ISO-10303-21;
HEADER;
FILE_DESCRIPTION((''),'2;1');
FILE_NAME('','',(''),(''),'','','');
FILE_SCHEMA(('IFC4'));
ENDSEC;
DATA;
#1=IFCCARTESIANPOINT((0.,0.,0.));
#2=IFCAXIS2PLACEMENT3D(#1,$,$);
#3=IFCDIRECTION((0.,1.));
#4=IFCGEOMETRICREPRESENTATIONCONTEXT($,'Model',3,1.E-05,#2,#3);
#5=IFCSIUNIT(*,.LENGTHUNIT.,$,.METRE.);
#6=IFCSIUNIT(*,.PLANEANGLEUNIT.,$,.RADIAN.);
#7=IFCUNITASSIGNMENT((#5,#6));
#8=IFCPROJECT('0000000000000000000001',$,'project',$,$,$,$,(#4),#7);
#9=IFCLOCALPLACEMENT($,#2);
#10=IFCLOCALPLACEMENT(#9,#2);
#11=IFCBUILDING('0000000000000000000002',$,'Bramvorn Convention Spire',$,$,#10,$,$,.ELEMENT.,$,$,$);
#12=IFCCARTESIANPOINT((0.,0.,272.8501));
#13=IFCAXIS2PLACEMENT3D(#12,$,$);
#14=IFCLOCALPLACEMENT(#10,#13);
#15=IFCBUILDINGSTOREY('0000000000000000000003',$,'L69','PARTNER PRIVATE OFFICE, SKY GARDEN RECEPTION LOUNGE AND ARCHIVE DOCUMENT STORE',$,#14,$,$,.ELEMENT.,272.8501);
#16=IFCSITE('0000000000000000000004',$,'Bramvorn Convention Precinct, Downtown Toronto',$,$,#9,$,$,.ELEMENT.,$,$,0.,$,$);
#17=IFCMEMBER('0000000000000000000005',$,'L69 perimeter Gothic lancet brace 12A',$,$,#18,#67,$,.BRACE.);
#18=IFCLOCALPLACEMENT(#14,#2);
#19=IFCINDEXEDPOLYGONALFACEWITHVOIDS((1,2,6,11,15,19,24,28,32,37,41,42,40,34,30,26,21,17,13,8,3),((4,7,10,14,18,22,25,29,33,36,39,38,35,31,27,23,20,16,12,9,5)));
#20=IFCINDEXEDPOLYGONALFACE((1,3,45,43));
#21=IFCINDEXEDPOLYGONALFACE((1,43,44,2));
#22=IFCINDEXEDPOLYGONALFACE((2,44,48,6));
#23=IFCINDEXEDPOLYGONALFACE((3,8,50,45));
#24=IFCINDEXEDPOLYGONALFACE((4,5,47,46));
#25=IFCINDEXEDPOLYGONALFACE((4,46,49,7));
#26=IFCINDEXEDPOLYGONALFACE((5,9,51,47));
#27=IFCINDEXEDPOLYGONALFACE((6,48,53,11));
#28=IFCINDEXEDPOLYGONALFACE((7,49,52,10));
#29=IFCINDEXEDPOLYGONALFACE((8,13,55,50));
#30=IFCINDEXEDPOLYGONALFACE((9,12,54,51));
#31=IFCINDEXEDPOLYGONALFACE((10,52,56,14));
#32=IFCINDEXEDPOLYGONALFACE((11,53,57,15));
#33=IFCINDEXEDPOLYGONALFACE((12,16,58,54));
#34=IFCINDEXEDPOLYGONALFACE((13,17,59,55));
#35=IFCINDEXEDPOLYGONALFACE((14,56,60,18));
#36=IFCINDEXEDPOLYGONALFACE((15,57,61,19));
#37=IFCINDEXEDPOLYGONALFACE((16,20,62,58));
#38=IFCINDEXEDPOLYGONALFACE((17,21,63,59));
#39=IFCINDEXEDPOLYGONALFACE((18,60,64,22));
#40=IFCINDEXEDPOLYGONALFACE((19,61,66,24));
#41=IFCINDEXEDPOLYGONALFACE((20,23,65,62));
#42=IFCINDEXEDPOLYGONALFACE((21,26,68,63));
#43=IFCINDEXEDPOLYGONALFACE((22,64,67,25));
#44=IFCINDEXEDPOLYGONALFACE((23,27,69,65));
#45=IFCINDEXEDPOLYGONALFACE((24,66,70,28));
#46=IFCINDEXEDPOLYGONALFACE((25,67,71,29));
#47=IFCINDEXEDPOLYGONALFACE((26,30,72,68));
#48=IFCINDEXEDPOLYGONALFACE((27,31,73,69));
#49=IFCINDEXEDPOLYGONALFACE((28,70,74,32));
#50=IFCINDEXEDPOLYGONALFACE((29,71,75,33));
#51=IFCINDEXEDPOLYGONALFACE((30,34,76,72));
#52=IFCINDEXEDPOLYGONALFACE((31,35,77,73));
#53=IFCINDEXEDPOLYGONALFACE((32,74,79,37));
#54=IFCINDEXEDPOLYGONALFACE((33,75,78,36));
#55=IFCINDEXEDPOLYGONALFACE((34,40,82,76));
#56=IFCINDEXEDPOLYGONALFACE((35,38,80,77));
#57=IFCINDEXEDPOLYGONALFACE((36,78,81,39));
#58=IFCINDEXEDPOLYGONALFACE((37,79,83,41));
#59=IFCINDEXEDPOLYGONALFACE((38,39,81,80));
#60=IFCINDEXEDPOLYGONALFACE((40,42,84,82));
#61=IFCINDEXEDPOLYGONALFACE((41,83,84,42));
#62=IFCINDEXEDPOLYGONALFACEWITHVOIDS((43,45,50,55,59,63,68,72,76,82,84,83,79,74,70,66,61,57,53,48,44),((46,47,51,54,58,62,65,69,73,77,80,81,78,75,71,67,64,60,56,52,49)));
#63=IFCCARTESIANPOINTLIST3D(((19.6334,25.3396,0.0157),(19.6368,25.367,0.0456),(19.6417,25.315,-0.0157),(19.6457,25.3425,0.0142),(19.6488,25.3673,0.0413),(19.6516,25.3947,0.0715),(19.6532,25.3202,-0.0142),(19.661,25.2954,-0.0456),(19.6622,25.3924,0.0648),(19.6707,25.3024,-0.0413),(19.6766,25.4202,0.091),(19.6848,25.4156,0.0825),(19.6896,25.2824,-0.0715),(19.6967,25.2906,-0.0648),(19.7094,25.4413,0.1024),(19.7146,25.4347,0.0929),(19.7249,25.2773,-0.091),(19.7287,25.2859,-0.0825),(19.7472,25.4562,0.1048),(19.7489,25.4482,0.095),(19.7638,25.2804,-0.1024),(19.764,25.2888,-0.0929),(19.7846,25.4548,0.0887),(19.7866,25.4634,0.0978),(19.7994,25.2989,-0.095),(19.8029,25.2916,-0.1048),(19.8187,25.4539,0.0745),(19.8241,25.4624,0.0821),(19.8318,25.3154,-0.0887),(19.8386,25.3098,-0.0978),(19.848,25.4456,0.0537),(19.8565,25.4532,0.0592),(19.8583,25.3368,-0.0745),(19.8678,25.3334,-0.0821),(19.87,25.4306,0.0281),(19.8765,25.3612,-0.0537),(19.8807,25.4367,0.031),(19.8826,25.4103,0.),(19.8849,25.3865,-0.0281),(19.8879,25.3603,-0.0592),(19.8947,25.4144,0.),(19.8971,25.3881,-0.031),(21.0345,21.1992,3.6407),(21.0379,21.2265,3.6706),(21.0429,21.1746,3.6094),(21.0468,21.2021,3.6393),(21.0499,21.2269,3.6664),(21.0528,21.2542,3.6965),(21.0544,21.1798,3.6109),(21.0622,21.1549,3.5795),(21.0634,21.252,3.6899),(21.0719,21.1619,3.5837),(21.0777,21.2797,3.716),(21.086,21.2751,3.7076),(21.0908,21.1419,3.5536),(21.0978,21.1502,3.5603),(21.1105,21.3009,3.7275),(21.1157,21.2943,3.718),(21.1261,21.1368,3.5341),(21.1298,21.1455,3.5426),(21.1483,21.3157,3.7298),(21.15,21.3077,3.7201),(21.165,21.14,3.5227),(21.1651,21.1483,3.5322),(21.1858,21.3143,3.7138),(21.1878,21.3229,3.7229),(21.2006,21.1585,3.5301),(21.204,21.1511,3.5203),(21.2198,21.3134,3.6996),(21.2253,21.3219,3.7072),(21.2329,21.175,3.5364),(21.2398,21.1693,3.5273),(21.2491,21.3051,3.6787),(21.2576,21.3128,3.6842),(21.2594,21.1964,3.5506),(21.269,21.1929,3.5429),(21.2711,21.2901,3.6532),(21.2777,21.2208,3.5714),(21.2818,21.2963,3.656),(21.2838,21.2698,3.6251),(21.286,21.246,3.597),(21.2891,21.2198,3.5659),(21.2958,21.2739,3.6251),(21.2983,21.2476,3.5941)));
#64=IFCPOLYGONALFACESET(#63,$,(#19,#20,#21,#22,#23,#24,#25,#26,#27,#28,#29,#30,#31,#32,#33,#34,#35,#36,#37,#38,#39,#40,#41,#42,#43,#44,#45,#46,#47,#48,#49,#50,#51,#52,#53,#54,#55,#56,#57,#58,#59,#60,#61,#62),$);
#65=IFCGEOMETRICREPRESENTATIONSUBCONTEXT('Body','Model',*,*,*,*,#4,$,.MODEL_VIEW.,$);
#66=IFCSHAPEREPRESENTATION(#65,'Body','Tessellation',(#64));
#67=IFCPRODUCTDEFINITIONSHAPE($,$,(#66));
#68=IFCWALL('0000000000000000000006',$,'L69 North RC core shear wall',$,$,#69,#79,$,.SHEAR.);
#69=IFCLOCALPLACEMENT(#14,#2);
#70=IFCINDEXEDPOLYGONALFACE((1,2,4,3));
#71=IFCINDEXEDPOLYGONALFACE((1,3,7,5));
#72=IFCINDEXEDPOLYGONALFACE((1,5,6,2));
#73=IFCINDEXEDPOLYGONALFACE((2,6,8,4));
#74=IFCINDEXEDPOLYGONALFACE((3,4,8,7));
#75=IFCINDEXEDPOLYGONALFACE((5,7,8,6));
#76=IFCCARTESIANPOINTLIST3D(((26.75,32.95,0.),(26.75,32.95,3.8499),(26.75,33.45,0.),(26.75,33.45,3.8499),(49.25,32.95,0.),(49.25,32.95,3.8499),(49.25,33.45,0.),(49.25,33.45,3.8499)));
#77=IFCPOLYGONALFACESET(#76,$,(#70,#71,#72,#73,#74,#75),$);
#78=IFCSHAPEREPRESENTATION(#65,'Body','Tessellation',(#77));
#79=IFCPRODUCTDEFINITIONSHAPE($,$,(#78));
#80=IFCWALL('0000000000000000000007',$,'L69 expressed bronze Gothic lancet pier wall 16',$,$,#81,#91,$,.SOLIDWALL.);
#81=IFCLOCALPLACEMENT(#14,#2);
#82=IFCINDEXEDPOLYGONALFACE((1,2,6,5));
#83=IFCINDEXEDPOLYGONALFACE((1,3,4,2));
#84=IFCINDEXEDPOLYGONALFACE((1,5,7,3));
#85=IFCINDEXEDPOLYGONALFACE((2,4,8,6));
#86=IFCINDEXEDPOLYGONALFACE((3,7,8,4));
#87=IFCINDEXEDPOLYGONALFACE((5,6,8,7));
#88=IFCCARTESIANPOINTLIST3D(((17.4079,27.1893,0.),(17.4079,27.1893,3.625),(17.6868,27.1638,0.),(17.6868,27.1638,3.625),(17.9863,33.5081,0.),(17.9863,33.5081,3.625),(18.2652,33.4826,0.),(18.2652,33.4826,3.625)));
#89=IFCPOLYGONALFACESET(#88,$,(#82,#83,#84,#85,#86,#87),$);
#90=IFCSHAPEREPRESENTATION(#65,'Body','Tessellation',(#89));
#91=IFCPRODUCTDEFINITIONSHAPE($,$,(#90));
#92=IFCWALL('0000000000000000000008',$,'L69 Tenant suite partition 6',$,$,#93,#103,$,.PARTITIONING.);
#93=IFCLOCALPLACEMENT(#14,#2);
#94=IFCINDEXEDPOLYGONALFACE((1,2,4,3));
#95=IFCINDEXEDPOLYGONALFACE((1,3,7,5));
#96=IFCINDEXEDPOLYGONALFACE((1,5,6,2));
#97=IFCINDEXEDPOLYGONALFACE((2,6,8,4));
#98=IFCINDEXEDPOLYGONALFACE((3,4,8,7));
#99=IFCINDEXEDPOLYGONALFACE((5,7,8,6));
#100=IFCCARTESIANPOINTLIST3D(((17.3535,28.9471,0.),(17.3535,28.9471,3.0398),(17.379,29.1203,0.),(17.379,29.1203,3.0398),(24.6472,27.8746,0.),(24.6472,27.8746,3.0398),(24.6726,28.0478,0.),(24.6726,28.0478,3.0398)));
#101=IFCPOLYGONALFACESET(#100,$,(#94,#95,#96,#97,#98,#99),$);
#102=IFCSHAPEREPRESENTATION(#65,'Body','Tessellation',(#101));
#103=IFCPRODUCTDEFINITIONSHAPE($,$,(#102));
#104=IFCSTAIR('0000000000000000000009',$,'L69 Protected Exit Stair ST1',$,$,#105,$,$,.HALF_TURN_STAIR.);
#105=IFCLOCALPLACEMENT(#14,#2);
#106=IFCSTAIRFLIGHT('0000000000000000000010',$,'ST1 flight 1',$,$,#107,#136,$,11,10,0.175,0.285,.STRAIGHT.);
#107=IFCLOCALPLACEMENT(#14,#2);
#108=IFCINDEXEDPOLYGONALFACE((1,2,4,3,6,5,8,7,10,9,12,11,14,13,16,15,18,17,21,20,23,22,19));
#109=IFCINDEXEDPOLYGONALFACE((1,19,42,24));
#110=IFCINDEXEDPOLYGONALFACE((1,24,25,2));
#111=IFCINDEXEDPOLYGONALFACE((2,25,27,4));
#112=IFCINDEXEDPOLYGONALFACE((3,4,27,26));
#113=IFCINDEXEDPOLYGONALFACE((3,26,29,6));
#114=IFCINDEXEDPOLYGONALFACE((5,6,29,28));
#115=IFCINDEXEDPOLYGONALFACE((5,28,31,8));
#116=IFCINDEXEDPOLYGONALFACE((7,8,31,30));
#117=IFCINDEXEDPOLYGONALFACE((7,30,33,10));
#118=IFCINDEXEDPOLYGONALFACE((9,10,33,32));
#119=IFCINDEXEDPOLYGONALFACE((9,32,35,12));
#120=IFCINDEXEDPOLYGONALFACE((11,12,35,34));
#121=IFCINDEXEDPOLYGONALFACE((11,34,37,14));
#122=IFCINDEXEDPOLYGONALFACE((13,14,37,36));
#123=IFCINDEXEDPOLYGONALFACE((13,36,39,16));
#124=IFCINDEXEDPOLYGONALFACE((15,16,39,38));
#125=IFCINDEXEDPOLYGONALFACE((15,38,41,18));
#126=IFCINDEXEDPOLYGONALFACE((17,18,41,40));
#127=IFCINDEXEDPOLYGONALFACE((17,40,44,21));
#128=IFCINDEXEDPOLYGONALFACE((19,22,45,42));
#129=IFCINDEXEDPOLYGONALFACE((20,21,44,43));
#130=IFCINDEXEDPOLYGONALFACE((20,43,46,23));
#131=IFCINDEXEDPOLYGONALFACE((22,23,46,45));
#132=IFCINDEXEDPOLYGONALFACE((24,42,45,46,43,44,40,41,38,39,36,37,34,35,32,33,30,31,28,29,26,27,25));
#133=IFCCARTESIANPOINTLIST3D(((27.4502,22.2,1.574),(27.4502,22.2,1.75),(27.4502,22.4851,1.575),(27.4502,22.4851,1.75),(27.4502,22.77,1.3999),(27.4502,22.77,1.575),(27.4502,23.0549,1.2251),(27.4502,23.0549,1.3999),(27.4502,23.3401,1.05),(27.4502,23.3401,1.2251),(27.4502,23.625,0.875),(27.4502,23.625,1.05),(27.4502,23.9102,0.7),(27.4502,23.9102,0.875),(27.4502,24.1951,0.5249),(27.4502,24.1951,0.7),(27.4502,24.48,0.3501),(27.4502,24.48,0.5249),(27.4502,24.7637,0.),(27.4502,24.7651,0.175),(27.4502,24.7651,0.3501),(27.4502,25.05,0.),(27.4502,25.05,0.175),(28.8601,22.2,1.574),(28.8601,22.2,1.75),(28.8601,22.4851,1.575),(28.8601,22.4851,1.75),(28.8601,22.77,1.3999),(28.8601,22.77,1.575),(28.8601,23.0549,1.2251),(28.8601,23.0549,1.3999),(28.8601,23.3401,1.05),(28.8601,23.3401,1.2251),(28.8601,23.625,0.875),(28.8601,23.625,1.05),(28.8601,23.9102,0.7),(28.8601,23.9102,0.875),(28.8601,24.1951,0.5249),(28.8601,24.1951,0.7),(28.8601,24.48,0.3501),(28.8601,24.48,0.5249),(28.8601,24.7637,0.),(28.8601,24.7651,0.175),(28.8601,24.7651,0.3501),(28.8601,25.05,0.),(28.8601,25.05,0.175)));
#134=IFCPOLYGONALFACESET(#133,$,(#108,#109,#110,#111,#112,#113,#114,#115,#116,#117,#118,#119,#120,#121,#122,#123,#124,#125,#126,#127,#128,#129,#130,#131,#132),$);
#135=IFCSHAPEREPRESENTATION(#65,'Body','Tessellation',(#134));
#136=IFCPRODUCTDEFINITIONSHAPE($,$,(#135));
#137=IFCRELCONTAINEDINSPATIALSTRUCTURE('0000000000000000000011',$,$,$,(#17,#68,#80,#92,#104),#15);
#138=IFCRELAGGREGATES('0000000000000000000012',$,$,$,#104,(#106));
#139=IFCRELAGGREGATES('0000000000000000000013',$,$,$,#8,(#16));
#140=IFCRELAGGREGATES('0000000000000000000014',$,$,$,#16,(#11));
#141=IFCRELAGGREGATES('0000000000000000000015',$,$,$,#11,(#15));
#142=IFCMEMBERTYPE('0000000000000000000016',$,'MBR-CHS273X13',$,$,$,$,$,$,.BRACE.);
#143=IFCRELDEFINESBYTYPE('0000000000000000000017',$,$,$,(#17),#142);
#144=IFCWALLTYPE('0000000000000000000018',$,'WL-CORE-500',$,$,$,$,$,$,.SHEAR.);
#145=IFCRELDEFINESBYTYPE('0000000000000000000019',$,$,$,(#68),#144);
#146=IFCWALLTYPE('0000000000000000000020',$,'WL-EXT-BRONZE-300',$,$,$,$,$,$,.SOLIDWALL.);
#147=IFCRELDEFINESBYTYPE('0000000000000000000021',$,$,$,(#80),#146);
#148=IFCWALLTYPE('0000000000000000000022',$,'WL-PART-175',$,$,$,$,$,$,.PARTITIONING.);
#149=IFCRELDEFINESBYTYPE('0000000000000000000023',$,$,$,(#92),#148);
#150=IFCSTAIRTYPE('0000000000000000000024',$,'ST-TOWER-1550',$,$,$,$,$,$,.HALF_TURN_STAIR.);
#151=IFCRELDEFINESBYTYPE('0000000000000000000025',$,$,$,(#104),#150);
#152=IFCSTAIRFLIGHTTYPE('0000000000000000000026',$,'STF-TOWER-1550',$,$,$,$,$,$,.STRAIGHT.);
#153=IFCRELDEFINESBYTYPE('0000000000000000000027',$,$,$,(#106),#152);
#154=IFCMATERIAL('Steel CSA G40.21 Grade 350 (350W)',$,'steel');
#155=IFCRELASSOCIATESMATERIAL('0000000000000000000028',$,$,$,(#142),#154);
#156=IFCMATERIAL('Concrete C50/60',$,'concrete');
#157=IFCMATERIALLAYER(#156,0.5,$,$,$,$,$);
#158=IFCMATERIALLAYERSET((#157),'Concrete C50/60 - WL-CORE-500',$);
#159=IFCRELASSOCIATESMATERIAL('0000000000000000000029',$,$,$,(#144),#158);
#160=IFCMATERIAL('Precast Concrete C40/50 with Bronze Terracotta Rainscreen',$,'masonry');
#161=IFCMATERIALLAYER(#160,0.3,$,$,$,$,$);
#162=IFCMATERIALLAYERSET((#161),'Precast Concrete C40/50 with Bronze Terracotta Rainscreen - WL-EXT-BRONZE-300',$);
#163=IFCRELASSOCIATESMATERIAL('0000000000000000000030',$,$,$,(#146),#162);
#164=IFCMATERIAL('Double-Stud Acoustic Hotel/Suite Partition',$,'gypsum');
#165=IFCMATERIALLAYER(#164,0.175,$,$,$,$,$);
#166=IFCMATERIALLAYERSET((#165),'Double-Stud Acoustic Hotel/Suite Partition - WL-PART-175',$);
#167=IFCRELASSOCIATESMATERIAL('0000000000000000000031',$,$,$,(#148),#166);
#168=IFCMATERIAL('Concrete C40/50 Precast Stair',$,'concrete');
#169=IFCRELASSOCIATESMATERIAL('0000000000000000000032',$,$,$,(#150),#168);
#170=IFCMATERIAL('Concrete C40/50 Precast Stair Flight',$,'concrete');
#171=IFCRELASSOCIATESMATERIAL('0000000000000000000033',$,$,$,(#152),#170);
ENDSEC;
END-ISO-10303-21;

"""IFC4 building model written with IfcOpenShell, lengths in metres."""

from ifc_helpers import new_model, si_unit, direction, frame, frame_2d, origin, origin_2d, place, context, subcontext, project, spatial, polyline, rectangle, hollow_circle, outline, extrude, material, layer, layer_set, material_profile, profile_set, type_object, element, aggregate, save


model = new_model("IFC4")

# Units and contexts
model_context = context("Model", 3, precision=1e-05, world=origin(), true_north=direction((0.0, 1.0)))
body_context = subcontext(model_context, "Body", "Model", "MODEL_VIEW")
ifc_project = project(units=[si_unit("LENGTHUNIT", "METRE"), si_unit("PLANEANGLEUNIT", "RADIAN")], contexts=[model_context])

# Site, building, storey
site_placement = place(None, origin())
site = spatial("IfcSite", under=ifc_project, at=site_placement, Name="Bramvorn Convention Precinct, Downtown Toronto", CompositionType="ELEMENT", RefElevation=0.0)
building_placement = place(site_placement, origin())
building = spatial("IfcBuilding", under=site, at=building_placement, Name="Bramvorn Convention Spire", CompositionType="ELEMENT")
storey_placement = place(building_placement, frame((0.0, 0.0, 272.8501)))
storey = spatial("IfcBuildingStorey", under=building, at=storey_placement, Name="L69", Description="PARTNER PRIVATE OFFICE, SKY GARDEN RECEPTION LOUNGE AND ARCHIVE DOCUMENT STORE", CompositionType="ELEMENT", Elevation=272.8501)

# Shared definitions
ifc_material_1 = material(Name="Steel CSA G40.21 Grade 350 (350W)", Category="steel")

# Member
ifc_material_profile_1 = material_profile(ifc_material_1, hollow_circle(Radius=0.1365, WallThickness=0.0127, at=origin_2d()))
ifc_profile_set_1 = profile_set([ifc_material_profile_1], Name="Steel CSA G40.21 Grade 350 (350W) - CHS273X13")
member_type = type_object("IfcMemberType", Name="MBR-CHS273X13", PredefinedType="BRACE", material=ifc_profile_set_1)
member_placement = place(storey_placement, frame((19.7654, 25.3706, 0.0), z_axis=(0.246737, -0.72912, 0.638361), x_axis=(0.947232, 0.320548, 0.0)))
element("IfcMember", 1, at=member_placement, inside=storey, type_object=member_type, Name="L69 perimeter Gothic lancet brace 12A", PredefinedType="BRACE", context=body_context, shape_type="SweptSolid", body=[
    extrude(hollow_circle(Radius=0.1365, WallThickness=0.0127, at=origin_2d()), origin(), (0.0, 0.0, 1.0), 5.6787),
])

# Wall
ifc_material_2 = material(Name="Concrete C50/60", Category="concrete")
ifc_layer_1 = layer(ifc_material_2, 0.5)
ifc_layer_set_1 = layer_set([ifc_layer_1], Name="Concrete C50/60 - WL-CORE-500")
wall_type_1 = type_object("IfcWallType", Name="WL-CORE-500", PredefinedType="SHEAR", material=ifc_layer_set_1)
wall_1_placement = place(storey_placement, frame((26.75, 33.2, 0.0), z_axis=(0.0, 0.0, 1.0), x_axis=(1.0, 0.0, 0.0)))
element("IfcWall", 2, at=wall_1_placement, inside=storey, type_object=wall_type_1, Name="L69 North RC core shear wall", PredefinedType="SHEAR", context=body_context, shape_type="SweptSolid", body=[
    extrude(rectangle(XDim=22.5, YDim=0.5, at=frame_2d((11.25, 0.0))), origin(), (0.0, 0.0, 1.0), 3.8499),
])

# Walls
ifc_material_3 = material(Name="Precast Concrete C40/50 with Bronze Terracotta Rainscreen", Category="masonry")
ifc_layer_2 = layer(ifc_material_3, 0.3)
ifc_layer_set_2 = layer_set([ifc_layer_2], Name="Precast Concrete C40/50 with Bronze Terracotta Rainscreen - WL-EXT-BRONZE-300")
wall_type_2 = type_object("IfcWallType", Name="WL-EXT-BRONZE-300", PredefinedType="SOLIDWALL", material=ifc_layer_set_2)
wall_2_placement = place(storey_placement, frame((17.5474, 27.1765, 0.0), z_axis=(0.0, 0.0, 1.0), x_axis=(0.09115, 0.995837, 0.0)))
element("IfcWall", 3, at=wall_2_placement, inside=storey, type_object=wall_type_2, Name="L69 expressed bronze Gothic lancet pier wall 16", PredefinedType="SOLIDWALL", context=body_context, shape_type="SweptSolid", body=[
    extrude(rectangle(XDim=6.3452, YDim=0.28, at=frame_2d((3.1726, 0.0))), origin(), (0.0, 0.0, 1.0), 3.625),
])
ifc_material_4 = material(Name="Double-Stud Acoustic Hotel/Suite Partition", Category="gypsum")
ifc_layer_3 = layer(ifc_material_4, 0.175)
ifc_layer_set_3 = layer_set([ifc_layer_3], Name="Double-Stud Acoustic Hotel/Suite Partition - WL-PART-175")
wall_type_3 = type_object("IfcWallType", Name="WL-PART-175", PredefinedType="PARTITIONING", material=ifc_layer_set_3)
wall_3_placement = place(storey_placement, frame((24.6599, 27.9612, 0.0), z_axis=(0.0, 0.0, 1.0), x_axis=(-0.989361, 0.145482, 0.0)))
element("IfcWall", 4, at=wall_3_placement, inside=storey, type_object=wall_type_3, Name="L69 Tenant suite partition 6", PredefinedType="PARTITIONING", context=body_context, shape_type="SweptSolid", body=[
    extrude(rectangle(XDim=7.3721, YDim=0.175, at=frame_2d((3.686, 0.0))), origin(), (0.0, 0.0, 1.0), 3.0398),
])

# Stair, stair flight
ifc_material_5 = material(Name="Concrete C40/50 Precast Stair", Category="concrete")
stair_type = type_object("IfcStairType", Name="ST-TOWER-1550", PredefinedType="HALF_TURN_STAIR", material=ifc_material_5)
stair_placement = place(storey_placement, origin())
stair = element("IfcStair", 5, at=stair_placement, inside=storey, type_object=stair_type, Name="L69 Protected Exit Stair ST1", PredefinedType="HALF_TURN_STAIR")
ifc_material_6 = material(Name="Concrete C40/50 Precast Stair Flight", Category="concrete")
stair_flight_type = type_object("IfcStairFlightType", Name="STF-TOWER-1550", PredefinedType="STRAIGHT", material=ifc_material_6)
stair_flight_placement = place(storey_placement, frame((28.155, 25.05, 0.0), z_axis=(0.0, 0.0, 1.0), x_axis=(0.0, -1.0, 0.0)))
stair_flight = element("IfcStairFlight", 6, at=stair_flight_placement, type_object=stair_flight_type, Name="ST1 flight 1", NumberOfRisers=11, NumberOfTreads=10, PredefinedType="STRAIGHT", RiserHeight=0.175, TreadLength=0.285, context=body_context, shape_type="SweptSolid", body=[
    extrude(outline(polyline([(0.0, 0.0), (0.0, 0.175), (0.2849, 0.175), (0.2849, 0.3501), (0.5701, 0.3501), (0.5701, 0.5249), (0.855, 0.5249), (0.855, 0.7), (1.1399, 0.7), (1.1399, 0.875), (1.425, 0.875), (1.425, 1.05), (1.71, 1.05), (1.71, 1.2251), (1.9951, 1.2251), (1.9951, 1.3999), (2.28, 1.3999), (2.28, 1.575), (2.5649, 1.575), (2.5649, 1.75), (2.8501, 1.75), (2.8501, 1.925), (2.8501, 1.574), (0.2864, 0.0), (0.0, 0.0)])), frame((0.0, 0.7051, 0.0), z_axis=(0.0, -1.0, 0.0), x_axis=(1.0, 0.0, 0.0)), (0.0, 0.0, 1.0), 1.4099),
])
aggregate(stair, [stair_flight])

save(model, "model.ifc")
